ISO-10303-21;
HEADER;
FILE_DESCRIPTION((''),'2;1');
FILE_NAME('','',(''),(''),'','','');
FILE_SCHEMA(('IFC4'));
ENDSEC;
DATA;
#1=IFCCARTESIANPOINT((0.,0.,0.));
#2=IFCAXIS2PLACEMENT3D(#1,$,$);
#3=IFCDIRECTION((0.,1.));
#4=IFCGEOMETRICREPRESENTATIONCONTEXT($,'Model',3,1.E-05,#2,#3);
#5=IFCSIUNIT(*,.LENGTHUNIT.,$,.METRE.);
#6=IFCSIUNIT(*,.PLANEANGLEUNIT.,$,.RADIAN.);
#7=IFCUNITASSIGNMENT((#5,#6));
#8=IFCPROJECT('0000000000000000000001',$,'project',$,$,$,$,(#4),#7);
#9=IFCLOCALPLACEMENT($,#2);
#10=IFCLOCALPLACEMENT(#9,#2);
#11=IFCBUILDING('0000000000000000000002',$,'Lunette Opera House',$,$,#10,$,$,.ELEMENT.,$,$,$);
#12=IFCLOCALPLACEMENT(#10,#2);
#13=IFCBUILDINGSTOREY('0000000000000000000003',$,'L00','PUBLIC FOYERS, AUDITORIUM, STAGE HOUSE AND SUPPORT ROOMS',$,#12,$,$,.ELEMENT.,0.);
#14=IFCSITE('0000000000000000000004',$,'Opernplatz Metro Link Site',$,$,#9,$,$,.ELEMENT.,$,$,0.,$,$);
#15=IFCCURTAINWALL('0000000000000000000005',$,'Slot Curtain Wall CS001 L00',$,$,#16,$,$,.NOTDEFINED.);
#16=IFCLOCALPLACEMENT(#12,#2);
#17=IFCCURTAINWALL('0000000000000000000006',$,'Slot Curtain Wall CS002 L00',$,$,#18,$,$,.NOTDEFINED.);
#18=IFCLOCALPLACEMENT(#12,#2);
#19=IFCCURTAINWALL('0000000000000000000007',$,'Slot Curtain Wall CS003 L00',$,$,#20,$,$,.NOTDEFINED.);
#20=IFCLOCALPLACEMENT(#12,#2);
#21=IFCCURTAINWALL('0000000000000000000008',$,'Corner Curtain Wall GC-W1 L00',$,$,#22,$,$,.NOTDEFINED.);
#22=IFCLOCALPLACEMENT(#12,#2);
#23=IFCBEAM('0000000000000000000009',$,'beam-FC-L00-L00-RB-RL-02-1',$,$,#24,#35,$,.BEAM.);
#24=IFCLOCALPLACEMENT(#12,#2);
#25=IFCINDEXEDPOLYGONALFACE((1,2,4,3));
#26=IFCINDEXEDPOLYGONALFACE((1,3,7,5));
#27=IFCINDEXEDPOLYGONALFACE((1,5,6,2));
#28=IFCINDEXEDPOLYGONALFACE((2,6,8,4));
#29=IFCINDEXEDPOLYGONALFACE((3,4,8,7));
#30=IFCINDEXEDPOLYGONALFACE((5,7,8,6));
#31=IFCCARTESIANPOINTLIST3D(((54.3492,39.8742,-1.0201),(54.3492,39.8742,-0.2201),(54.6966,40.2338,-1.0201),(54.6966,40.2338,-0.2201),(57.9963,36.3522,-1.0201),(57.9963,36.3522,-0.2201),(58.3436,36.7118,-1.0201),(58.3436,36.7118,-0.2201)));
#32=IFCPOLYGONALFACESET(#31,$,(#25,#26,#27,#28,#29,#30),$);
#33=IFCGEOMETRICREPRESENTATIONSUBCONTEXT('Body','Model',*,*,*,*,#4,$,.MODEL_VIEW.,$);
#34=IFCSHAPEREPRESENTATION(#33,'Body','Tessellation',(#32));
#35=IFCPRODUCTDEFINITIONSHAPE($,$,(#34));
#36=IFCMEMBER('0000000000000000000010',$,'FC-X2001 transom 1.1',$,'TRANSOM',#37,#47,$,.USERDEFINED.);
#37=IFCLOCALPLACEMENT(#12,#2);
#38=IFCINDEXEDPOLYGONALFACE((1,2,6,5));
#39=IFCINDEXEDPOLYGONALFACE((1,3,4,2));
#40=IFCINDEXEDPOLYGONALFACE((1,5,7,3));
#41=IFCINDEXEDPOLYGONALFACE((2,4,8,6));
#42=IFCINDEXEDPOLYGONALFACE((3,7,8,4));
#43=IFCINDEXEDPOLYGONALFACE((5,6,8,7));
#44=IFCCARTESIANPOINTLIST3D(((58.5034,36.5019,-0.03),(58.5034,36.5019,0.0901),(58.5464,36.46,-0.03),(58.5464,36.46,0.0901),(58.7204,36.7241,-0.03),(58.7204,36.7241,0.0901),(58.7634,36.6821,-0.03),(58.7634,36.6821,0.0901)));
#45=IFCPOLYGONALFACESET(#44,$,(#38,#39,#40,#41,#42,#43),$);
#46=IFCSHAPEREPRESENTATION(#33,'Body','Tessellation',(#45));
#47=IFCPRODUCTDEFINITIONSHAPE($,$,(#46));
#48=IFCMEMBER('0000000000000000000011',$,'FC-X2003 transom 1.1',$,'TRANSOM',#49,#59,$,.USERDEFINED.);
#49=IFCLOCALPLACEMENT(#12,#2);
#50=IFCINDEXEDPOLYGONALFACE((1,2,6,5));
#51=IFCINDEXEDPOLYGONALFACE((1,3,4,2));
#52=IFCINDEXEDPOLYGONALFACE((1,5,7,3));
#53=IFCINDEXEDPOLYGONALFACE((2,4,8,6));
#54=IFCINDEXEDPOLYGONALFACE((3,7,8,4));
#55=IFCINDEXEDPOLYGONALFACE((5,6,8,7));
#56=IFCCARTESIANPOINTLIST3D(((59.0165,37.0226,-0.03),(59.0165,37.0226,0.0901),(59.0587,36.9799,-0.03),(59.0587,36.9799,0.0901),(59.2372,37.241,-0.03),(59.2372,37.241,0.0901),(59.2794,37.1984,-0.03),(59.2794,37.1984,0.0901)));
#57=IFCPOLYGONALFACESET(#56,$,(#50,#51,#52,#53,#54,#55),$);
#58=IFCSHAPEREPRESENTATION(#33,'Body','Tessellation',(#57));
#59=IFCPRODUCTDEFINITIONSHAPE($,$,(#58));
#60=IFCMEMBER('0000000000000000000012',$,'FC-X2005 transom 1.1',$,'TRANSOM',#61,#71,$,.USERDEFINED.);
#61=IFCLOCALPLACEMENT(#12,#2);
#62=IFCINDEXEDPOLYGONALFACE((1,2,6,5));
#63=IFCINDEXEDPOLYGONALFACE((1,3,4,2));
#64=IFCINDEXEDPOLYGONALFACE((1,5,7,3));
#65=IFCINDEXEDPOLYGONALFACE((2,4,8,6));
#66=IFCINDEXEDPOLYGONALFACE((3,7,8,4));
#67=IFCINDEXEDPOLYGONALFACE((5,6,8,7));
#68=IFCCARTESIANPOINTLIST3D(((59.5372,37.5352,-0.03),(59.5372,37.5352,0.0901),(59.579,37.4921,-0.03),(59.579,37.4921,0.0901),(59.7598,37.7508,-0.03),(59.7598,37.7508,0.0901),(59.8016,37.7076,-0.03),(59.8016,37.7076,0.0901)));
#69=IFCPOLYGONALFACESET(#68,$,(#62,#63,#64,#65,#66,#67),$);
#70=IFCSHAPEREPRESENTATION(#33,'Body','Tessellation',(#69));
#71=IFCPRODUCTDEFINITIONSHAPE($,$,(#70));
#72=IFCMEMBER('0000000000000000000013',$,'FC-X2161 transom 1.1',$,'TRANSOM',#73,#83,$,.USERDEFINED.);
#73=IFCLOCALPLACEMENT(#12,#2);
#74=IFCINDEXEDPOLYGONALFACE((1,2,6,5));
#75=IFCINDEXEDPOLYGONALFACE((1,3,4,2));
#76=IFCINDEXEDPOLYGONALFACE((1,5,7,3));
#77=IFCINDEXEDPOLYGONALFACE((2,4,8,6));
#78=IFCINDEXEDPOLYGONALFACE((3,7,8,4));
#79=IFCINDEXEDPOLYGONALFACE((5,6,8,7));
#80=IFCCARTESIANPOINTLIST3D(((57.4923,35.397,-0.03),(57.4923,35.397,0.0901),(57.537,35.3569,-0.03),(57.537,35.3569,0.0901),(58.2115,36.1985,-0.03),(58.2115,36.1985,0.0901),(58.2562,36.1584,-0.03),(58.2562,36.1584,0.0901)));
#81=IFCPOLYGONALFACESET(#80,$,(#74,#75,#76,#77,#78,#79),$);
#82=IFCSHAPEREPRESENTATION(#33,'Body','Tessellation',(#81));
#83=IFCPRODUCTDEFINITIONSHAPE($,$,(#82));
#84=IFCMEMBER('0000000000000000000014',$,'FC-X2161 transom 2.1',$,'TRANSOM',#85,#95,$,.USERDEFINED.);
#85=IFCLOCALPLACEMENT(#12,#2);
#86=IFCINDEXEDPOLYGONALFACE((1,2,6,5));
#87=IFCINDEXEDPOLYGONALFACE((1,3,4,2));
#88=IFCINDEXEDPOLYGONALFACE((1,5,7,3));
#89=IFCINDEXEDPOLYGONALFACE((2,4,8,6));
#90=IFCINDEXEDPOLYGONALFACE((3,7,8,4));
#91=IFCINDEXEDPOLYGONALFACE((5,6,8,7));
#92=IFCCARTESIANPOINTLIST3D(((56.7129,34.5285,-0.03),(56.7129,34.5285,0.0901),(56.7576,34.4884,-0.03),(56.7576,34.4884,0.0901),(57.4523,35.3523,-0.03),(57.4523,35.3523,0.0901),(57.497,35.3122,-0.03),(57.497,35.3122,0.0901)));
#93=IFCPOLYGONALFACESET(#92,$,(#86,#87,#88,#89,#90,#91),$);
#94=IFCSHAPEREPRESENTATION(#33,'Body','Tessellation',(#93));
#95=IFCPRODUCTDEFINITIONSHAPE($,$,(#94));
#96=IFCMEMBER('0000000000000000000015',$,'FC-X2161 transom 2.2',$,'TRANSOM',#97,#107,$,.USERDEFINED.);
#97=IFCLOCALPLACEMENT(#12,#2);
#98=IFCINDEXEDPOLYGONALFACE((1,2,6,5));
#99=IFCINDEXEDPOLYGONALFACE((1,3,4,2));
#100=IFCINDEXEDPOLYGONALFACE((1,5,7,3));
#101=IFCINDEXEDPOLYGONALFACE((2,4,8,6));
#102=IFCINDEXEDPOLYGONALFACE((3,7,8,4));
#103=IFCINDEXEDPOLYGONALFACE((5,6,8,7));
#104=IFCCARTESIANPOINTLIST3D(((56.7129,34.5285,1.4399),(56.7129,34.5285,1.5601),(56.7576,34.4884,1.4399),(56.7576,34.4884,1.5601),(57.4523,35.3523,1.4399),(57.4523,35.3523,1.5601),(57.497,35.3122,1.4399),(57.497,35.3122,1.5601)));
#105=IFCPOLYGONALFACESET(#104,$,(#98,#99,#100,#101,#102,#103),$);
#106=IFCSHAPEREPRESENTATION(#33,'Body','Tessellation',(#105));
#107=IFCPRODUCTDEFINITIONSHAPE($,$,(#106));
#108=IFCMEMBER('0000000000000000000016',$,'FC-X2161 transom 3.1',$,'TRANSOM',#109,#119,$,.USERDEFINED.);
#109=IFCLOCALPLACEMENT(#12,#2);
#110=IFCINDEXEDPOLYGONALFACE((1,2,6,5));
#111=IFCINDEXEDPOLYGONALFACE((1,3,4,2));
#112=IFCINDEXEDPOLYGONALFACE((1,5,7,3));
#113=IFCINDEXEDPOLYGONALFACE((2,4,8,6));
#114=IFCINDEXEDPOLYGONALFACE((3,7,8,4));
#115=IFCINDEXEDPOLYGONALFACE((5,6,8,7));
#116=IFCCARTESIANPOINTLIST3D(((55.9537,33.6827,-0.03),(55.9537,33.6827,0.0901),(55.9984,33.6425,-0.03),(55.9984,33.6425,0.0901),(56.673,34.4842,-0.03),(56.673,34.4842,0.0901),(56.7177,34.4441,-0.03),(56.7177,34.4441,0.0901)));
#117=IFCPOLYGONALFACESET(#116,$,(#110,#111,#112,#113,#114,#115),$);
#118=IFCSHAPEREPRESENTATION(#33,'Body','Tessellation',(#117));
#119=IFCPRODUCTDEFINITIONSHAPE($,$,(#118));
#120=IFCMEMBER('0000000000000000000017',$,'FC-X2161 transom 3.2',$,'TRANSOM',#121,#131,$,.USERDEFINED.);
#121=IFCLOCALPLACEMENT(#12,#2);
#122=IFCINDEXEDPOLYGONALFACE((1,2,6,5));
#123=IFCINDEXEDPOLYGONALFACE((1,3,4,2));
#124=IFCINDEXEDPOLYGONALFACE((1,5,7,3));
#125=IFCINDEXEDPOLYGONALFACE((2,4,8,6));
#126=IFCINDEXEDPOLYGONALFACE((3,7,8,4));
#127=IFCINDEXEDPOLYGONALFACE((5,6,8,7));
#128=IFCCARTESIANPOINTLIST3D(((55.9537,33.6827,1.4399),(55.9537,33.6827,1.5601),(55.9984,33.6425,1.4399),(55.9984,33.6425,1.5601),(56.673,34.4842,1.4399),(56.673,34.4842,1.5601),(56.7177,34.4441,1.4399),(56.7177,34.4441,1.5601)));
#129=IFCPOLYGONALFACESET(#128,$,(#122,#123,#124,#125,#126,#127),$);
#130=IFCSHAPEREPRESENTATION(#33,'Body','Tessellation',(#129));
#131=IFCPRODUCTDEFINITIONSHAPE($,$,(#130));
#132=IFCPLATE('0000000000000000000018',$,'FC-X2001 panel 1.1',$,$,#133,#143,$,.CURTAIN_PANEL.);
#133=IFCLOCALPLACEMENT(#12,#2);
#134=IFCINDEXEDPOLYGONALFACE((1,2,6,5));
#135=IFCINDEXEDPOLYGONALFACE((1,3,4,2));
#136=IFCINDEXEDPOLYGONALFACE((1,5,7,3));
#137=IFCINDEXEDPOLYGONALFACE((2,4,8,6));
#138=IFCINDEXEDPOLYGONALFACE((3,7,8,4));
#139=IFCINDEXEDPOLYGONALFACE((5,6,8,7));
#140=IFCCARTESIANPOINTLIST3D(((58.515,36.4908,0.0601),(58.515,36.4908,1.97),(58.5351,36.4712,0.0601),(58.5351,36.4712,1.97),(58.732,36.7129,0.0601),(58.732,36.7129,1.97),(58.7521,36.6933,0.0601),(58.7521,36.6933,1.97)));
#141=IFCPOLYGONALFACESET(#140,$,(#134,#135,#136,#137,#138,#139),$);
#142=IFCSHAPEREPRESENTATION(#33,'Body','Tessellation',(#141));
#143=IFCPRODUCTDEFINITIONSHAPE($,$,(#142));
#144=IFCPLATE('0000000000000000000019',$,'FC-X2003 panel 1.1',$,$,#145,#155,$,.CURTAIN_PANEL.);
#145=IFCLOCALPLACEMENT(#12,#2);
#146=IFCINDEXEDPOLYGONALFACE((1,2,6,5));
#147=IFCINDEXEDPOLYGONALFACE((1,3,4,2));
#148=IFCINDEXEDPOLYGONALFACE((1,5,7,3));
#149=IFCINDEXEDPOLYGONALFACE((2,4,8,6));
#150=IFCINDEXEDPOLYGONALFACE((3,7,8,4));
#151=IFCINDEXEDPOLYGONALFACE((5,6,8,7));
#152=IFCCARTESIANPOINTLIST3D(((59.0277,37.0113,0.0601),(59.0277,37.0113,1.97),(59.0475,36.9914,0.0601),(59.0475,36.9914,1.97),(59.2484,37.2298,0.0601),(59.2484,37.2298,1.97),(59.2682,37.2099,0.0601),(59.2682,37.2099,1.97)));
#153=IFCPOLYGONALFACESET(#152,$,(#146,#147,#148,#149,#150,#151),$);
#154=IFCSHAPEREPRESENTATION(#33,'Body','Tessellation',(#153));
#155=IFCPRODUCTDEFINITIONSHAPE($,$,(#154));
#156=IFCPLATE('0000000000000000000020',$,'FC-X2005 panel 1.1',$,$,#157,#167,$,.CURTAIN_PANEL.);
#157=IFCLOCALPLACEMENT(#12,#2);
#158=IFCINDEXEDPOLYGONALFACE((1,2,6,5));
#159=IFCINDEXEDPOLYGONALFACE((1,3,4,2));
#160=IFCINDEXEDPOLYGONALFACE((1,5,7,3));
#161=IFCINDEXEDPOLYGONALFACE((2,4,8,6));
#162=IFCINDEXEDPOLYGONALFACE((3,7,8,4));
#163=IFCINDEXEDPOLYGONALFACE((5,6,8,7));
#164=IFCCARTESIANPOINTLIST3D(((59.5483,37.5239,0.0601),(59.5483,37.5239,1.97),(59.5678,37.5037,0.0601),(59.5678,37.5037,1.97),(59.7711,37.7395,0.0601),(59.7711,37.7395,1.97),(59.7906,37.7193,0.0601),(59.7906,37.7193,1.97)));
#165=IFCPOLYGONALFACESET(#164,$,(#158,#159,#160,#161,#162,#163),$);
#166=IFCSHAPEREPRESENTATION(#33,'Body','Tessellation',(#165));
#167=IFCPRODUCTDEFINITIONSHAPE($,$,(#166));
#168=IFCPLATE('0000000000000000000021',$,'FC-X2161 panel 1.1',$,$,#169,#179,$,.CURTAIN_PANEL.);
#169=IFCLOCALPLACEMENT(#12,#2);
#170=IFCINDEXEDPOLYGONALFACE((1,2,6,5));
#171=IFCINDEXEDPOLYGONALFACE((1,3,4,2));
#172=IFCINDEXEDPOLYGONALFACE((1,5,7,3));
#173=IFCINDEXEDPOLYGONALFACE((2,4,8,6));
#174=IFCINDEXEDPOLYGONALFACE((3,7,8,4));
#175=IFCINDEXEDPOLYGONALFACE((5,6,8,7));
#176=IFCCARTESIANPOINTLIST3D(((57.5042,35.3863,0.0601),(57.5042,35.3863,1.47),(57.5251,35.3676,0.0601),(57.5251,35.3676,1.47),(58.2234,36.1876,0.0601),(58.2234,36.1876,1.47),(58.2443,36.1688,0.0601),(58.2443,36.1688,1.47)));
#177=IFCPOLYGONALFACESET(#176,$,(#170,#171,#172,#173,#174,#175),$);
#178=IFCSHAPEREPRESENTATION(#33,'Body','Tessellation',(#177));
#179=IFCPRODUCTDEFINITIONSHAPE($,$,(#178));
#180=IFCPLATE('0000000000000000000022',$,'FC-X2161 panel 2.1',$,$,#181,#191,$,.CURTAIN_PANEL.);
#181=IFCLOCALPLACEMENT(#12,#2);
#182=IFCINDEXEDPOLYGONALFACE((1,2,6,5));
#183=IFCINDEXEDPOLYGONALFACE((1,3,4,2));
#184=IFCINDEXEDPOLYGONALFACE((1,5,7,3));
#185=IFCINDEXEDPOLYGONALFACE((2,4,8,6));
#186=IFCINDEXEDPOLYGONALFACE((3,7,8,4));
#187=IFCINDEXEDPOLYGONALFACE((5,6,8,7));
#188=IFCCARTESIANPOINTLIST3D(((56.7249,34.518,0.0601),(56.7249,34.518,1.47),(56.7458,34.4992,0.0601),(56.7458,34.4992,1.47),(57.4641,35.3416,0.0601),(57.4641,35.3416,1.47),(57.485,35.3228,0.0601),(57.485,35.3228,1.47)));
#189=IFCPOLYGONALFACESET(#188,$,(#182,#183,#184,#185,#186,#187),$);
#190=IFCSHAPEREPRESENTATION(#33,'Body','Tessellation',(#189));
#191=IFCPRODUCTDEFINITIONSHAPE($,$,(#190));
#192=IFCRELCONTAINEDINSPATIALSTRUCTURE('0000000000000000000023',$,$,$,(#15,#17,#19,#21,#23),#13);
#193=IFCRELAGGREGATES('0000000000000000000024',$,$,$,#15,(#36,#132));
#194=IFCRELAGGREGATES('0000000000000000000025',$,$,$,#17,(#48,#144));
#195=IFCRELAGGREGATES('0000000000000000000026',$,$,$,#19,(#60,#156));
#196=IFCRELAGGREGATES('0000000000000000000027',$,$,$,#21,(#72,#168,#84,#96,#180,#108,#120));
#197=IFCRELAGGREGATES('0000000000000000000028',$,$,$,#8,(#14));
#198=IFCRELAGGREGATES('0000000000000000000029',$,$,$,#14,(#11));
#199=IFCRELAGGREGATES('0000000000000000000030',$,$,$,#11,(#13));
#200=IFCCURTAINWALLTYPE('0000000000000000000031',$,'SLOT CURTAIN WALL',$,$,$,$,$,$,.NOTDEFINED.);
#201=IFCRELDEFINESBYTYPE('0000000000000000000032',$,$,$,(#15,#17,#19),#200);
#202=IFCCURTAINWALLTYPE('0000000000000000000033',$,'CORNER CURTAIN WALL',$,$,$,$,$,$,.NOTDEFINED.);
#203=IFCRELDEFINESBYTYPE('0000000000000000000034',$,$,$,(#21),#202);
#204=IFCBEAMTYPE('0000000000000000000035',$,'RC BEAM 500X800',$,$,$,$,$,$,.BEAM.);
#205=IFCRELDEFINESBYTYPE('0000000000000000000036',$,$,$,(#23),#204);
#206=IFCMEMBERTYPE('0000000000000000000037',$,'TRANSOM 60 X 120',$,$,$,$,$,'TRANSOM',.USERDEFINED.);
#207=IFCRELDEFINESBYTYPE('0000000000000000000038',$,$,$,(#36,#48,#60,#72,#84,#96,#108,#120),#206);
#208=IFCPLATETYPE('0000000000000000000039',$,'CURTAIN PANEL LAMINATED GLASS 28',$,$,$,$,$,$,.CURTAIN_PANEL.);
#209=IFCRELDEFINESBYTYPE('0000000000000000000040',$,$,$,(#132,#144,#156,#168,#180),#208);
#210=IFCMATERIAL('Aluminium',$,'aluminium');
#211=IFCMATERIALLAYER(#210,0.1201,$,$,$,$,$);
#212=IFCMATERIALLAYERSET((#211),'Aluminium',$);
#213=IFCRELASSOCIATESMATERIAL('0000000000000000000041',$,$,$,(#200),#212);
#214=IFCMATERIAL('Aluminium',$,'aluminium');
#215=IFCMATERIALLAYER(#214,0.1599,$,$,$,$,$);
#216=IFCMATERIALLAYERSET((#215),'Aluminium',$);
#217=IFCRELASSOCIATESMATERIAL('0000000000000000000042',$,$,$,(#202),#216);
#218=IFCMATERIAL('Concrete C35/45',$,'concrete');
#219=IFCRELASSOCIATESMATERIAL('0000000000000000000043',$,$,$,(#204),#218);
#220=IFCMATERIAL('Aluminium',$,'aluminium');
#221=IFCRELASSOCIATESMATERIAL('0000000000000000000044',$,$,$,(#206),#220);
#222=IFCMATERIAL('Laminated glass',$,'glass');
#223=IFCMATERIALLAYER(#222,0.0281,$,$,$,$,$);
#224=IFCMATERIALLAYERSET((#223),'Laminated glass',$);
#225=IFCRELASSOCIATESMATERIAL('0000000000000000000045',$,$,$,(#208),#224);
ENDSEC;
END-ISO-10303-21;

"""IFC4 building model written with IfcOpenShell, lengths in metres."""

from ifc_helpers import new_model, si_unit, direction, frame, origin, origin_2d, place, context, subcontext, project, spatial, rectangle, extrude, material, layer, layer_set, material_profile, profile_set, type_object, element, aggregate, save


model = new_model("IFC4")

# Units and contexts
model_context = context("Model", 3, precision=1e-05, world=origin(), true_north=direction((0.0, 1.0)))
body_context = subcontext(model_context, "Body", "Model", "MODEL_VIEW")
ifc_project = project(units=[si_unit("LENGTHUNIT", "METRE"), si_unit("PLANEANGLEUNIT", "RADIAN")], contexts=[model_context])

# Site, building, storey
site_placement = place(None, origin())
site = spatial("IfcSite", under=ifc_project, at=site_placement, Name="Opernplatz Metro Link Site", CompositionType="ELEMENT", RefElevation=0.0)
building_placement = place(site_placement, origin())
building = spatial("IfcBuilding", under=site, at=building_placement, Name="Lunette Opera House", CompositionType="ELEMENT")
storey_placement = place(building_placement, origin())
storey = spatial("IfcBuildingStorey", under=building, at=storey_placement, Name="L00", Description="PUBLIC FOYERS, AUDITORIUM, STAGE HOUSE AND SUPPORT ROOMS", CompositionType="ELEMENT", Elevation=0.0)

# Curtain walls
ifc_material_1 = material(Name="Aluminium", Category="aluminium")
ifc_layer_1 = layer(ifc_material_1, 0.1201)
ifc_layer_set_1 = layer_set([ifc_layer_1], Name="Aluminium")
curtain_wall_type_1 = type_object("IfcCurtainWallType", Name="SLOT CURTAIN WALL", PredefinedType="NOTDEFINED", material=ifc_layer_set_1)
curtain_wall_1_placement = place(storey_placement, origin())
curtain_wall_1 = element("IfcCurtainWall", 1, at=curtain_wall_1_placement, inside=storey, type_object=curtain_wall_type_1, Name="Slot Curtain Wall CS001 L00", PredefinedType="NOTDEFINED")
curtain_wall_2_placement = place(storey_placement, origin())
curtain_wall_2 = element("IfcCurtainWall", 2, at=curtain_wall_2_placement, inside=storey, type_object=curtain_wall_type_1, Name="Slot Curtain Wall CS002 L00", PredefinedType="NOTDEFINED")
curtain_wall_3_placement = place(storey_placement, origin())
curtain_wall_3 = element("IfcCurtainWall", 3, at=curtain_wall_3_placement, inside=storey, type_object=curtain_wall_type_1, Name="Slot Curtain Wall CS003 L00", PredefinedType="NOTDEFINED")

# Curtain wall
ifc_material_2 = material(Name="Aluminium", Category="aluminium")
ifc_layer_2 = layer(ifc_material_2, 0.1599)
ifc_layer_set_2 = layer_set([ifc_layer_2], Name="Aluminium")
curtain_wall_type_2 = type_object("IfcCurtainWallType", Name="CORNER CURTAIN WALL", PredefinedType="NOTDEFINED", material=ifc_layer_set_2)
curtain_wall_4_placement = place(storey_placement, origin())
curtain_wall_4 = element("IfcCurtainWall", 4, at=curtain_wall_4_placement, inside=storey, type_object=curtain_wall_type_2, Name="Corner Curtain Wall GC-W1 L00", PredefinedType="NOTDEFINED")

# Beam
ifc_material_3 = material(Name="Concrete C35/45", Category="concrete")
ifc_material_profile_1 = material_profile(ifc_material_3, rectangle(XDim=0.5, YDim=0.8, at=origin_2d()), Name="RC BEAM 500X800")
ifc_profile_set_1 = profile_set([ifc_material_profile_1], Name="Concrete C35/45")
beam_type = type_object("IfcBeamType", Name="RC BEAM 500X800", PredefinedType="BEAM", material=ifc_profile_set_1)
beam_placement = place(storey_placement, frame((58.1699, 36.532, -0.6201), z_axis=(-0.719327, 0.694672, 0.0), x_axis=(-0.694672, -0.719327, 0.0)))
element("IfcBeam", 5, at=beam_placement, inside=storey, type_object=beam_type, Name="beam-FC-L00-L00-RB-RL-02-1", PredefinedType="BEAM", context=body_context, shape_type="SweptSolid", body=[
    extrude(rectangle(XDim=0.5, YDim=0.8, at=origin_2d()), origin(), (0.0, 0.0, 1.0), 5.0701),
])

# Members
ifc_material_4 = material(Name="Aluminium", Category="aluminium")
ifc_material_profile_2 = material_profile(ifc_material_4, rectangle(XDim=0.0601, YDim=0.1201, at=origin_2d()), Name="TRANSOM 60 X 120")
ifc_profile_set_2 = profile_set([ifc_material_profile_2], Name="Aluminium")
member_type_1 = type_object("IfcMemberType", Name="TRANSOM 60 X 120", ElementType="TRANSOM", PredefinedType="USERDEFINED", material=ifc_profile_set_2)
member_1_placement = place(storey_placement, frame((58.5249, 36.481, 0.03), z_axis=(0.698805, 0.715312, 0.0), x_axis=(-0.715312, 0.698805, 0.0)))
member_1 = element("IfcMember", 6, at=member_1_placement, type_object=member_type_1, Name="FC-X2001 transom 1.1", ObjectType="TRANSOM", PredefinedType="USERDEFINED", context=body_context, shape_type="SweptSolid", body=[
    extrude(rectangle(XDim=0.0601, YDim=0.1201, at=origin_2d()), origin(), (0.0, 0.0, 1.0), 0.3105),
])
member_2_placement = place(storey_placement, frame((59.0376, 37.0012, 0.03), z_axis=(0.710635, 0.70356, 0.0), x_axis=(-0.70356, 0.710635, 0.0)))
member_2 = element("IfcMember", 7, at=member_2_placement, type_object=member_type_1, Name="FC-X2003 transom 1.1", ObjectType="TRANSOM", PredefinedType="USERDEFINED", context=body_context, shape_type="SweptSolid", body=[
    extrude(rectangle(XDim=0.0601, YDim=0.1201, at=origin_2d()), origin(), (0.0, 0.0, 1.0), 0.3105),
])
member_3_placement = place(storey_placement, frame((59.5581, 37.5137, 0.03), z_axis=(0.718437, 0.695592, 0.0), x_axis=(-0.695592, 0.718437, 0.0)))
member_3 = element("IfcMember", 8, at=member_3_placement, type_object=member_type_1, Name="FC-X2005 transom 1.1", ObjectType="TRANSOM", PredefinedType="USERDEFINED", context=body_context, shape_type="SweptSolid", body=[
    extrude(rectangle(XDim=0.0601, YDim=0.1201, at=origin_2d()), origin(), (0.0, 0.0, 1.0), 0.3098),
])
member_4_placement = place(storey_placement, frame((58.2339, 36.1785, 0.03), z_axis=(-0.667874, -0.744274, 0.0), x_axis=(0.744274, -0.667874, 0.0)))
member_4 = element("IfcMember", 9, at=member_4_placement, type_object=member_type_1, Name="FC-X2161 transom 1.1", ObjectType="TRANSOM", PredefinedType="USERDEFINED", context=body_context, shape_type="SweptSolid", body=[
    extrude(rectangle(XDim=0.0601, YDim=0.1201, at=origin_2d()), origin(), (0.0, 0.0, 1.0), 1.0769),
])
member_5_placement = place(storey_placement, frame((57.4746, 35.3323, 0.03), z_axis=(-0.667916, -0.744237, 0.0), x_axis=(0.744237, -0.667916, 0.0)))
member_5 = element("IfcMember", 10, at=member_5_placement, type_object=member_type_1, Name="FC-X2161 transom 2.1", ObjectType="TRANSOM", PredefinedType="USERDEFINED", context=body_context, shape_type="SweptSolid", body=[
    extrude(rectangle(XDim=0.0601, YDim=0.1201, at=origin_2d()), origin(), (0.0, 0.0, 1.0), 1.1069),
])
member_6_placement = place(storey_placement, frame((57.4746, 35.3323, 1.5), z_axis=(-0.667916, -0.744237, 0.0), x_axis=(0.744237, -0.667916, 0.0)))
member_6 = element("IfcMember", 11, at=member_6_placement, type_object=member_type_1, Name="FC-X2161 transom 2.2", ObjectType="TRANSOM", PredefinedType="USERDEFINED", context=body_context, shape_type="SweptSolid", body=[
    extrude(rectangle(XDim=0.0601, YDim=0.1201, at=origin_2d()), origin(), (0.0, 0.0, 1.0), 1.1069),
])
member_7_placement = place(storey_placement, frame((56.6953, 34.4641, 0.03), z_axis=(-0.667874, -0.744274, 0.0), x_axis=(0.744274, -0.667874, 0.0)))
member_7 = element("IfcMember", 12, at=member_7_placement, type_object=member_type_1, Name="FC-X2161 transom 3.1", ObjectType="TRANSOM", PredefinedType="USERDEFINED", context=body_context, shape_type="SweptSolid", body=[
    extrude(rectangle(XDim=0.0601, YDim=0.1201, at=origin_2d()), origin(), (0.0, 0.0, 1.0), 1.0769),
])
member_8_placement = place(storey_placement, frame((56.6953, 34.4641, 1.5), z_axis=(-0.667874, -0.744274, 0.0), x_axis=(0.744274, -0.667874, 0.0)))
member_8 = element("IfcMember", 13, at=member_8_placement, type_object=member_type_1, Name="FC-X2161 transom 3.2", ObjectType="TRANSOM", PredefinedType="USERDEFINED", context=body_context, shape_type="SweptSolid", body=[
    extrude(rectangle(XDim=0.0601, YDim=0.1201, at=origin_2d()), origin(), (0.0, 0.0, 1.0), 1.0769),
])

# Plates
ifc_material_5 = material(Name="Laminated glass", Category="glass")
ifc_layer_3 = layer(ifc_material_5, 0.0281)
ifc_layer_set_3 = layer_set([ifc_layer_3], Name="Laminated glass")
plate_type = type_object("IfcPlateType", Name="CURTAIN PANEL LAMINATED GLASS 28", PredefinedType="CURTAIN_PANEL", material=ifc_layer_set_3)
plate_1_placement = place(storey_placement, frame((58.6335, 36.592, 0.0601), z_axis=(0.0, 0.0, 1.0), x_axis=(0.698933, 0.715187, 0.0)))
plate_1 = element("IfcPlate", 14, at=plate_1_placement, type_object=plate_type, Name="FC-X2001 panel 1.1", PredefinedType="CURTAIN_PANEL", context=body_context, shape_type="SweptSolid", body=[
    extrude(rectangle(XDim=0.3105, YDim=0.0281, at=origin_2d()), origin(), (0.0, 0.0, 1.0), 1.9099),
])
aggregate(curtain_wall_1, [member_1, plate_1])
plate_2_placement = place(storey_placement, frame((59.1479, 37.1106, 0.0601), z_axis=(0.0, 0.0, 1.0), x_axis=(0.710581, 0.703615, 0.0)))
plate_2 = element("IfcPlate", 15, at=plate_2_placement, type_object=plate_type, Name="FC-X2003 panel 1.1", PredefinedType="CURTAIN_PANEL", context=body_context, shape_type="SweptSolid", body=[
    extrude(rectangle(XDim=0.3105, YDim=0.0281, at=origin_2d()), origin(), (0.0, 0.0, 1.0), 1.9099),
])
aggregate(curtain_wall_2, [member_2, plate_2])
plate_3_placement = place(storey_placement, frame((59.6694, 37.6216, 0.0601), z_axis=(0.0, 0.0, 1.0), x_axis=(0.71864, 0.695383, 0.0)))
plate_3 = element("IfcPlate", 16, at=plate_3_placement, type_object=plate_type, Name="FC-X2005 panel 1.1", PredefinedType="CURTAIN_PANEL", context=body_context, shape_type="SweptSolid", body=[
    extrude(rectangle(XDim=0.3101, YDim=0.0281, at=origin_2d()), origin(), (0.0, 0.0, 1.0), 1.9099),
])
aggregate(curtain_wall_3, [member_3, plate_3])
plate_4_placement = place(storey_placement, frame((57.8743, 35.7776, 0.0601), z_axis=(0.0, 0.0, 1.0), x_axis=(-0.667938, -0.744217, 0.0)))
plate_4 = element("IfcPlate", 17, at=plate_4_placement, type_object=plate_type, Name="FC-X2161 panel 1.1", PredefinedType="CURTAIN_PANEL", context=body_context, shape_type="SweptSolid", body=[
    extrude(rectangle(XDim=1.0767, YDim=0.0281, at=origin_2d()), origin(), (0.0, 0.0, 1.0), 1.4099),
])
plate_5_placement = place(storey_placement, frame((57.105, 34.9204, 0.0601), z_axis=(0.0, 0.0, 1.0), x_axis=(-0.667938, -0.744217, 0.0)))
plate_5 = element("IfcPlate", 18, at=plate_5_placement, type_object=plate_type, Name="FC-X2161 panel 2.1", PredefinedType="CURTAIN_PANEL", context=body_context, shape_type="SweptSolid", body=[
    extrude(rectangle(XDim=1.1067, YDim=0.0281, at=origin_2d()), origin(), (0.0, 0.0, 1.0), 1.4099),
])
aggregate(curtain_wall_4, [member_4, plate_4, member_5, member_6, plate_5, member_7, member_8])

save(model, "model.ifc")
